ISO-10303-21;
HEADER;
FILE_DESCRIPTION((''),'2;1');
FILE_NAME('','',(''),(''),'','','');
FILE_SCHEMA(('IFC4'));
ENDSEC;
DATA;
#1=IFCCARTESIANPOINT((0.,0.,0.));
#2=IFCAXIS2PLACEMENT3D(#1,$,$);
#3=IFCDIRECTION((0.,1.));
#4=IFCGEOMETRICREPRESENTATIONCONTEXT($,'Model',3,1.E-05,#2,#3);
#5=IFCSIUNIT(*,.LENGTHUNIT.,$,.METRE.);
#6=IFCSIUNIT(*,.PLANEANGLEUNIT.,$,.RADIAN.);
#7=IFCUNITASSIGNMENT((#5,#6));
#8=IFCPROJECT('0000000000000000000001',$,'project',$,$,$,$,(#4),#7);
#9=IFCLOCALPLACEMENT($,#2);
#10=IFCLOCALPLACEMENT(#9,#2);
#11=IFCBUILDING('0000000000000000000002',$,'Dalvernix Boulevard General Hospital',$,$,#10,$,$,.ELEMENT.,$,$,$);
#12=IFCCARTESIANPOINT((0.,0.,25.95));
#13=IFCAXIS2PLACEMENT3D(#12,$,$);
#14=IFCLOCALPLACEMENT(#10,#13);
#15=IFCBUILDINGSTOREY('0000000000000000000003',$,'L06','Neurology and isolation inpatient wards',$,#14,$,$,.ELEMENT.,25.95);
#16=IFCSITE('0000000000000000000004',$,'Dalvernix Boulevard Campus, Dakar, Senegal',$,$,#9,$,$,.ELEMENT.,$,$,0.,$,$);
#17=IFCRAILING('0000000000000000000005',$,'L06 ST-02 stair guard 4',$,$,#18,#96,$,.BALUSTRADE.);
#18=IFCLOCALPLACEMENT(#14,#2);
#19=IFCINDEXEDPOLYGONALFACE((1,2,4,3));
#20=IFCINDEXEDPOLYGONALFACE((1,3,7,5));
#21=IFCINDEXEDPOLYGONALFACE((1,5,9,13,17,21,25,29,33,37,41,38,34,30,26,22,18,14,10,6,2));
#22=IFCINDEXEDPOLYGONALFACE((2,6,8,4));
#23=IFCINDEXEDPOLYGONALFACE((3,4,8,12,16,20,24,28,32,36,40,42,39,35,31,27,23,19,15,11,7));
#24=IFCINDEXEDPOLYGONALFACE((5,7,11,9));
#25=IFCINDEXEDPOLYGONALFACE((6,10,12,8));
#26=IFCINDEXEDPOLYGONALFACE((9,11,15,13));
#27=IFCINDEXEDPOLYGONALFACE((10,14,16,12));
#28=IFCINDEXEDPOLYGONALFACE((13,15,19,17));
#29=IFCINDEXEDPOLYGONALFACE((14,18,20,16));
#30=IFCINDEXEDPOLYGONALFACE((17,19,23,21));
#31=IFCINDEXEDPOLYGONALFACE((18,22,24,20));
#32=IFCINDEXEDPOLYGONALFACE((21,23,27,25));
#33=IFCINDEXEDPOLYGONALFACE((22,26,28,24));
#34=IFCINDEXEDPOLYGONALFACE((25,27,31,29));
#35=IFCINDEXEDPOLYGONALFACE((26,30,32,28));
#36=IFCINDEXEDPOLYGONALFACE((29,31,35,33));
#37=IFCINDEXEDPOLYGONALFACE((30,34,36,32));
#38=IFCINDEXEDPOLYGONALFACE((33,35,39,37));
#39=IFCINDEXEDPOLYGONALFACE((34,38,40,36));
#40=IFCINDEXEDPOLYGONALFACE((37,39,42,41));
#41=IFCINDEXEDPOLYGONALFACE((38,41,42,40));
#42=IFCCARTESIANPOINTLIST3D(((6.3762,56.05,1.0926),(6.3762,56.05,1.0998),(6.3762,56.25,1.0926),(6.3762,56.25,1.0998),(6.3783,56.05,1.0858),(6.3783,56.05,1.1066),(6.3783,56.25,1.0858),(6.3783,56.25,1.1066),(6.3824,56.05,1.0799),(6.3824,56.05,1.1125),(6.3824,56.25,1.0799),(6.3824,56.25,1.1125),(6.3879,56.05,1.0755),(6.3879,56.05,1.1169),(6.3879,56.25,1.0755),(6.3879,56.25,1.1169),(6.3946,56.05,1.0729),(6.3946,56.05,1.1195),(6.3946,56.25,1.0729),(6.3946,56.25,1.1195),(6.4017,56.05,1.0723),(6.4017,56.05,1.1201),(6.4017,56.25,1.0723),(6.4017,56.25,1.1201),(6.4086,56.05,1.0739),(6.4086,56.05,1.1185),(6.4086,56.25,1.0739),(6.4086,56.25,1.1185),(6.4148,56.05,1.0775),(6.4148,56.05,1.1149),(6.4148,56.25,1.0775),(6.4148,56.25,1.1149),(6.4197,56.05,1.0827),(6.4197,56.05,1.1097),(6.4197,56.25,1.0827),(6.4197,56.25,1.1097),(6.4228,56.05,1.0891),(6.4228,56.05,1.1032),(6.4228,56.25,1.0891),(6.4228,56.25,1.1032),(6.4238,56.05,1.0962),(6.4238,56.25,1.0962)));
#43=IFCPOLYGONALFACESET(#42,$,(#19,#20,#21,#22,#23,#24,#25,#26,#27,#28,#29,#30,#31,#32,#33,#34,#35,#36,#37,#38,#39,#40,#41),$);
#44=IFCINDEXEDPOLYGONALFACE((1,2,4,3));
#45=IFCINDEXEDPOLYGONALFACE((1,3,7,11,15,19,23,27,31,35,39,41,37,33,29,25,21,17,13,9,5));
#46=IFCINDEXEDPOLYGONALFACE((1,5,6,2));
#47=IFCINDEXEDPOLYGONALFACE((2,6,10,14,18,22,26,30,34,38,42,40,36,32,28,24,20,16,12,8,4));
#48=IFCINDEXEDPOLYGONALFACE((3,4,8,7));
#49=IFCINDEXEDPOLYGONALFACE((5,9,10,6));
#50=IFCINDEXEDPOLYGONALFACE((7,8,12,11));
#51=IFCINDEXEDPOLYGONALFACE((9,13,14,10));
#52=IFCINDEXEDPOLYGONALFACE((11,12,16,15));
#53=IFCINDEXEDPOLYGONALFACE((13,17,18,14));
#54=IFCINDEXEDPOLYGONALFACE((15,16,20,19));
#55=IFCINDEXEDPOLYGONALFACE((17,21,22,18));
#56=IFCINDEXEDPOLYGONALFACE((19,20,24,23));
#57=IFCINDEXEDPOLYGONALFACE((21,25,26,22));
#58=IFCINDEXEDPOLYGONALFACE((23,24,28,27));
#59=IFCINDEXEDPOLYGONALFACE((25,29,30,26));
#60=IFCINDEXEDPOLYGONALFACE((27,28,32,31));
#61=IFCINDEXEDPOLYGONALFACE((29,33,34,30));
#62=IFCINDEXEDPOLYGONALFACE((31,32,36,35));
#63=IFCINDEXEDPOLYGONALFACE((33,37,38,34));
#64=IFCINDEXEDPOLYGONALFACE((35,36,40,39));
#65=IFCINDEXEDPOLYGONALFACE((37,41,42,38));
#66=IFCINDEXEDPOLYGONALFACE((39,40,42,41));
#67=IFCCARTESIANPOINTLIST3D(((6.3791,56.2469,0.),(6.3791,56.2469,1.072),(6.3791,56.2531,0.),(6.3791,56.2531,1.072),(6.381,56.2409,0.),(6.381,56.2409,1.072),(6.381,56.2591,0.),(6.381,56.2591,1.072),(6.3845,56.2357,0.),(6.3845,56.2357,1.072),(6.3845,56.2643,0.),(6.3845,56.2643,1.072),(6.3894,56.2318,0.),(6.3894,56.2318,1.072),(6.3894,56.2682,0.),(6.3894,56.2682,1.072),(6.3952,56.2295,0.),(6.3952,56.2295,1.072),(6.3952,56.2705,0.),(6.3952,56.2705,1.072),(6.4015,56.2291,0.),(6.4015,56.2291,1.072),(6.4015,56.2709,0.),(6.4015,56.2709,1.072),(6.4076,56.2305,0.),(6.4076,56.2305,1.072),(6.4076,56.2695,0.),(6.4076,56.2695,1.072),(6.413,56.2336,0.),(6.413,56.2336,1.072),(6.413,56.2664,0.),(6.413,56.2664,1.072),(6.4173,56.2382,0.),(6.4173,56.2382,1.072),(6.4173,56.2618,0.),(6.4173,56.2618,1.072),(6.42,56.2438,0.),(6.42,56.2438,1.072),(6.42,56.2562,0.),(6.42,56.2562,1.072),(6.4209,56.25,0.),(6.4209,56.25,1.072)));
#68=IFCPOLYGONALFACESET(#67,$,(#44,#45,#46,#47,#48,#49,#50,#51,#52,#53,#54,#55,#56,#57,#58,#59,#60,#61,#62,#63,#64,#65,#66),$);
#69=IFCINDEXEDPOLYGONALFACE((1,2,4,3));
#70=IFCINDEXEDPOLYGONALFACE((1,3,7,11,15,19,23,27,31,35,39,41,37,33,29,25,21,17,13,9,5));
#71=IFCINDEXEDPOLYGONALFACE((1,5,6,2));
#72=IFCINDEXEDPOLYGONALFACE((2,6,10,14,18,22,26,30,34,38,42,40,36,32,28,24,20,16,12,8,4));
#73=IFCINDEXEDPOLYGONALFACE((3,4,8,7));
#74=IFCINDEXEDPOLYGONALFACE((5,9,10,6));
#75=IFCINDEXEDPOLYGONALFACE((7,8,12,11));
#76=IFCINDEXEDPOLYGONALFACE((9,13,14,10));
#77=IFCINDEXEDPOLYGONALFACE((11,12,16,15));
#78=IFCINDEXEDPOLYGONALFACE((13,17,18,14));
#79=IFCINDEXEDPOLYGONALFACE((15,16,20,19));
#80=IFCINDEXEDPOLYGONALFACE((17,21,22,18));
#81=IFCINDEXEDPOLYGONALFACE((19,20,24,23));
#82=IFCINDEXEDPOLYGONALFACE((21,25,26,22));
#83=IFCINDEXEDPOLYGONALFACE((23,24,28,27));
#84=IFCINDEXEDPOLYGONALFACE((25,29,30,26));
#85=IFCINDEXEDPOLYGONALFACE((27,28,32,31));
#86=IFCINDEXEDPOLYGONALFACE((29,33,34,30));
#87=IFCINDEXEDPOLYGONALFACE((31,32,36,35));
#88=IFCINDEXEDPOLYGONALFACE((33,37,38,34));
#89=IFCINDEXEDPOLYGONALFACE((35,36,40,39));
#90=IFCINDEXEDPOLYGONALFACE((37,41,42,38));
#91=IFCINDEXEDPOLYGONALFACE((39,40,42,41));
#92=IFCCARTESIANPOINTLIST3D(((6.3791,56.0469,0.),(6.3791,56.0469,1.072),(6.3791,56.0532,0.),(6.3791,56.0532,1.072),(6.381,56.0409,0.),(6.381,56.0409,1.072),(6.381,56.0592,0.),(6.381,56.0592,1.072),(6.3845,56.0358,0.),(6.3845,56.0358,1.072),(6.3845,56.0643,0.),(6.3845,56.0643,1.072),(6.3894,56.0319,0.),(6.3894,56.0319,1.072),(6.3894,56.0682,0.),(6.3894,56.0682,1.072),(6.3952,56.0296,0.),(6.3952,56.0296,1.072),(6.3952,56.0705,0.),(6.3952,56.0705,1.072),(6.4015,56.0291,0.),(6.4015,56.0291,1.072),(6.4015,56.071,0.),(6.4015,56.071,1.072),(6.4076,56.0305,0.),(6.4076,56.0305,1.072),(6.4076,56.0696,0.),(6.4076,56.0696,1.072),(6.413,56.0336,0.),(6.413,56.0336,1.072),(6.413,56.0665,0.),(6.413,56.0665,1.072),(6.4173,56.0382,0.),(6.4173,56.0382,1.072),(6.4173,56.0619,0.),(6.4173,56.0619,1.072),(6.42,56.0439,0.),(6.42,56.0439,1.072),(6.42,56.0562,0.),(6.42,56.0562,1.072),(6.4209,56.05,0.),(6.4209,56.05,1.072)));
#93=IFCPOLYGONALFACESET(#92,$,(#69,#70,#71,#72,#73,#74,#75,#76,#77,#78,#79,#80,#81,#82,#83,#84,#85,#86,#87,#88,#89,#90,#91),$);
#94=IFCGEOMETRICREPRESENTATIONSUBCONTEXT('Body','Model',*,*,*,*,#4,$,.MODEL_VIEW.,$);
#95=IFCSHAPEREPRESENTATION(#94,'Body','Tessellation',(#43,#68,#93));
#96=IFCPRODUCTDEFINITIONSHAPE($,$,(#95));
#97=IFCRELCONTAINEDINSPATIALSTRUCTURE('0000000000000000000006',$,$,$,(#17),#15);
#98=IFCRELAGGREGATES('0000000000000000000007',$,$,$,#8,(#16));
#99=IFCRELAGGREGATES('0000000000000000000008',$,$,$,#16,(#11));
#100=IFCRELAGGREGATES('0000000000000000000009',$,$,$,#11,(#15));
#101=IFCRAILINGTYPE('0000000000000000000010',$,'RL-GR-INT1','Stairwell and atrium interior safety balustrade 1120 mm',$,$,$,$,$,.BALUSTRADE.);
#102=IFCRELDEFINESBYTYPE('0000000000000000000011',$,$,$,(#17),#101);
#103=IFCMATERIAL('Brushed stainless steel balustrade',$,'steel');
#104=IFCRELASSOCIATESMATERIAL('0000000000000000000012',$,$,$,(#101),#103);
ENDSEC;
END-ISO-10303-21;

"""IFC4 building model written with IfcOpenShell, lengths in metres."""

from ifc_helpers import new_model, si_unit, direction, frame, origin, origin_2d, place, context, subcontext, project, spatial, circle, extrude, material, type_object, element, save


model = new_model("IFC4")

# Units and contexts
model_context = context("Model", 3, precision=1e-05, world=origin(), true_north=direction((0.0, 1.0)))
body_context = subcontext(model_context, "Body", "Model", "MODEL_VIEW")
ifc_project = project(units=[si_unit("LENGTHUNIT", "METRE"), si_unit("PLANEANGLEUNIT", "RADIAN")], contexts=[model_context])

# Site, building, storey
site_placement = place(None, origin())
site = spatial("IfcSite", under=ifc_project, at=site_placement, Name="Dalvernix Boulevard Campus, Dakar, Senegal", CompositionType="ELEMENT", RefElevation=0.0)
building_placement = place(site_placement, origin())
building = spatial("IfcBuilding", under=site, at=building_placement, Name="Dalvernix Boulevard General Hospital", CompositionType="ELEMENT")
storey_placement = place(building_placement, frame((0.0, 0.0, 25.95)))
storey = spatial("IfcBuildingStorey", under=building, at=storey_placement, Name="L06", Description="Neurology and isolation inpatient wards", CompositionType="ELEMENT", Elevation=25.95)

# Railing
ifc_material_1 = material(Name="Brushed stainless steel balustrade", Category="steel")
railing_type_1 = type_object("IfcRailingType", Name="RL-GR-INT1", Description="Stairwell and atrium interior safety balustrade 1120 mm", PredefinedType="BALUSTRADE", material=ifc_material_1)
railing_1_placement = place(storey_placement, frame((6.3999, 56.25, 0.0)))
element("IfcRailing", 1, at=railing_1_placement, inside=storey, type_object=railing_type_1, Name="L06 ST-02 stair guard 4", PredefinedType="BALUSTRADE", context=body_context, shape_type="SweptSolid", body=[
    extrude(circle(Radius=0.0239, at=origin_2d()), frame((0.0, 0.0, 1.0962), z_axis=(0.0, -1.0, 0.0), x_axis=(1.0, 0.0, 0.0)), (0.0, 0.0, 1.0), 0.2),
    extrude(circle(Radius=0.021, at=origin_2d()), origin(), (0.0, 0.0, 1.0), 1.072),
    extrude(circle(Radius=0.021, at=origin_2d()), frame((0.0, -0.2, 0.0)), (0.0, 0.0, 1.0), 1.072),
])

save(model, "model.ifc")
